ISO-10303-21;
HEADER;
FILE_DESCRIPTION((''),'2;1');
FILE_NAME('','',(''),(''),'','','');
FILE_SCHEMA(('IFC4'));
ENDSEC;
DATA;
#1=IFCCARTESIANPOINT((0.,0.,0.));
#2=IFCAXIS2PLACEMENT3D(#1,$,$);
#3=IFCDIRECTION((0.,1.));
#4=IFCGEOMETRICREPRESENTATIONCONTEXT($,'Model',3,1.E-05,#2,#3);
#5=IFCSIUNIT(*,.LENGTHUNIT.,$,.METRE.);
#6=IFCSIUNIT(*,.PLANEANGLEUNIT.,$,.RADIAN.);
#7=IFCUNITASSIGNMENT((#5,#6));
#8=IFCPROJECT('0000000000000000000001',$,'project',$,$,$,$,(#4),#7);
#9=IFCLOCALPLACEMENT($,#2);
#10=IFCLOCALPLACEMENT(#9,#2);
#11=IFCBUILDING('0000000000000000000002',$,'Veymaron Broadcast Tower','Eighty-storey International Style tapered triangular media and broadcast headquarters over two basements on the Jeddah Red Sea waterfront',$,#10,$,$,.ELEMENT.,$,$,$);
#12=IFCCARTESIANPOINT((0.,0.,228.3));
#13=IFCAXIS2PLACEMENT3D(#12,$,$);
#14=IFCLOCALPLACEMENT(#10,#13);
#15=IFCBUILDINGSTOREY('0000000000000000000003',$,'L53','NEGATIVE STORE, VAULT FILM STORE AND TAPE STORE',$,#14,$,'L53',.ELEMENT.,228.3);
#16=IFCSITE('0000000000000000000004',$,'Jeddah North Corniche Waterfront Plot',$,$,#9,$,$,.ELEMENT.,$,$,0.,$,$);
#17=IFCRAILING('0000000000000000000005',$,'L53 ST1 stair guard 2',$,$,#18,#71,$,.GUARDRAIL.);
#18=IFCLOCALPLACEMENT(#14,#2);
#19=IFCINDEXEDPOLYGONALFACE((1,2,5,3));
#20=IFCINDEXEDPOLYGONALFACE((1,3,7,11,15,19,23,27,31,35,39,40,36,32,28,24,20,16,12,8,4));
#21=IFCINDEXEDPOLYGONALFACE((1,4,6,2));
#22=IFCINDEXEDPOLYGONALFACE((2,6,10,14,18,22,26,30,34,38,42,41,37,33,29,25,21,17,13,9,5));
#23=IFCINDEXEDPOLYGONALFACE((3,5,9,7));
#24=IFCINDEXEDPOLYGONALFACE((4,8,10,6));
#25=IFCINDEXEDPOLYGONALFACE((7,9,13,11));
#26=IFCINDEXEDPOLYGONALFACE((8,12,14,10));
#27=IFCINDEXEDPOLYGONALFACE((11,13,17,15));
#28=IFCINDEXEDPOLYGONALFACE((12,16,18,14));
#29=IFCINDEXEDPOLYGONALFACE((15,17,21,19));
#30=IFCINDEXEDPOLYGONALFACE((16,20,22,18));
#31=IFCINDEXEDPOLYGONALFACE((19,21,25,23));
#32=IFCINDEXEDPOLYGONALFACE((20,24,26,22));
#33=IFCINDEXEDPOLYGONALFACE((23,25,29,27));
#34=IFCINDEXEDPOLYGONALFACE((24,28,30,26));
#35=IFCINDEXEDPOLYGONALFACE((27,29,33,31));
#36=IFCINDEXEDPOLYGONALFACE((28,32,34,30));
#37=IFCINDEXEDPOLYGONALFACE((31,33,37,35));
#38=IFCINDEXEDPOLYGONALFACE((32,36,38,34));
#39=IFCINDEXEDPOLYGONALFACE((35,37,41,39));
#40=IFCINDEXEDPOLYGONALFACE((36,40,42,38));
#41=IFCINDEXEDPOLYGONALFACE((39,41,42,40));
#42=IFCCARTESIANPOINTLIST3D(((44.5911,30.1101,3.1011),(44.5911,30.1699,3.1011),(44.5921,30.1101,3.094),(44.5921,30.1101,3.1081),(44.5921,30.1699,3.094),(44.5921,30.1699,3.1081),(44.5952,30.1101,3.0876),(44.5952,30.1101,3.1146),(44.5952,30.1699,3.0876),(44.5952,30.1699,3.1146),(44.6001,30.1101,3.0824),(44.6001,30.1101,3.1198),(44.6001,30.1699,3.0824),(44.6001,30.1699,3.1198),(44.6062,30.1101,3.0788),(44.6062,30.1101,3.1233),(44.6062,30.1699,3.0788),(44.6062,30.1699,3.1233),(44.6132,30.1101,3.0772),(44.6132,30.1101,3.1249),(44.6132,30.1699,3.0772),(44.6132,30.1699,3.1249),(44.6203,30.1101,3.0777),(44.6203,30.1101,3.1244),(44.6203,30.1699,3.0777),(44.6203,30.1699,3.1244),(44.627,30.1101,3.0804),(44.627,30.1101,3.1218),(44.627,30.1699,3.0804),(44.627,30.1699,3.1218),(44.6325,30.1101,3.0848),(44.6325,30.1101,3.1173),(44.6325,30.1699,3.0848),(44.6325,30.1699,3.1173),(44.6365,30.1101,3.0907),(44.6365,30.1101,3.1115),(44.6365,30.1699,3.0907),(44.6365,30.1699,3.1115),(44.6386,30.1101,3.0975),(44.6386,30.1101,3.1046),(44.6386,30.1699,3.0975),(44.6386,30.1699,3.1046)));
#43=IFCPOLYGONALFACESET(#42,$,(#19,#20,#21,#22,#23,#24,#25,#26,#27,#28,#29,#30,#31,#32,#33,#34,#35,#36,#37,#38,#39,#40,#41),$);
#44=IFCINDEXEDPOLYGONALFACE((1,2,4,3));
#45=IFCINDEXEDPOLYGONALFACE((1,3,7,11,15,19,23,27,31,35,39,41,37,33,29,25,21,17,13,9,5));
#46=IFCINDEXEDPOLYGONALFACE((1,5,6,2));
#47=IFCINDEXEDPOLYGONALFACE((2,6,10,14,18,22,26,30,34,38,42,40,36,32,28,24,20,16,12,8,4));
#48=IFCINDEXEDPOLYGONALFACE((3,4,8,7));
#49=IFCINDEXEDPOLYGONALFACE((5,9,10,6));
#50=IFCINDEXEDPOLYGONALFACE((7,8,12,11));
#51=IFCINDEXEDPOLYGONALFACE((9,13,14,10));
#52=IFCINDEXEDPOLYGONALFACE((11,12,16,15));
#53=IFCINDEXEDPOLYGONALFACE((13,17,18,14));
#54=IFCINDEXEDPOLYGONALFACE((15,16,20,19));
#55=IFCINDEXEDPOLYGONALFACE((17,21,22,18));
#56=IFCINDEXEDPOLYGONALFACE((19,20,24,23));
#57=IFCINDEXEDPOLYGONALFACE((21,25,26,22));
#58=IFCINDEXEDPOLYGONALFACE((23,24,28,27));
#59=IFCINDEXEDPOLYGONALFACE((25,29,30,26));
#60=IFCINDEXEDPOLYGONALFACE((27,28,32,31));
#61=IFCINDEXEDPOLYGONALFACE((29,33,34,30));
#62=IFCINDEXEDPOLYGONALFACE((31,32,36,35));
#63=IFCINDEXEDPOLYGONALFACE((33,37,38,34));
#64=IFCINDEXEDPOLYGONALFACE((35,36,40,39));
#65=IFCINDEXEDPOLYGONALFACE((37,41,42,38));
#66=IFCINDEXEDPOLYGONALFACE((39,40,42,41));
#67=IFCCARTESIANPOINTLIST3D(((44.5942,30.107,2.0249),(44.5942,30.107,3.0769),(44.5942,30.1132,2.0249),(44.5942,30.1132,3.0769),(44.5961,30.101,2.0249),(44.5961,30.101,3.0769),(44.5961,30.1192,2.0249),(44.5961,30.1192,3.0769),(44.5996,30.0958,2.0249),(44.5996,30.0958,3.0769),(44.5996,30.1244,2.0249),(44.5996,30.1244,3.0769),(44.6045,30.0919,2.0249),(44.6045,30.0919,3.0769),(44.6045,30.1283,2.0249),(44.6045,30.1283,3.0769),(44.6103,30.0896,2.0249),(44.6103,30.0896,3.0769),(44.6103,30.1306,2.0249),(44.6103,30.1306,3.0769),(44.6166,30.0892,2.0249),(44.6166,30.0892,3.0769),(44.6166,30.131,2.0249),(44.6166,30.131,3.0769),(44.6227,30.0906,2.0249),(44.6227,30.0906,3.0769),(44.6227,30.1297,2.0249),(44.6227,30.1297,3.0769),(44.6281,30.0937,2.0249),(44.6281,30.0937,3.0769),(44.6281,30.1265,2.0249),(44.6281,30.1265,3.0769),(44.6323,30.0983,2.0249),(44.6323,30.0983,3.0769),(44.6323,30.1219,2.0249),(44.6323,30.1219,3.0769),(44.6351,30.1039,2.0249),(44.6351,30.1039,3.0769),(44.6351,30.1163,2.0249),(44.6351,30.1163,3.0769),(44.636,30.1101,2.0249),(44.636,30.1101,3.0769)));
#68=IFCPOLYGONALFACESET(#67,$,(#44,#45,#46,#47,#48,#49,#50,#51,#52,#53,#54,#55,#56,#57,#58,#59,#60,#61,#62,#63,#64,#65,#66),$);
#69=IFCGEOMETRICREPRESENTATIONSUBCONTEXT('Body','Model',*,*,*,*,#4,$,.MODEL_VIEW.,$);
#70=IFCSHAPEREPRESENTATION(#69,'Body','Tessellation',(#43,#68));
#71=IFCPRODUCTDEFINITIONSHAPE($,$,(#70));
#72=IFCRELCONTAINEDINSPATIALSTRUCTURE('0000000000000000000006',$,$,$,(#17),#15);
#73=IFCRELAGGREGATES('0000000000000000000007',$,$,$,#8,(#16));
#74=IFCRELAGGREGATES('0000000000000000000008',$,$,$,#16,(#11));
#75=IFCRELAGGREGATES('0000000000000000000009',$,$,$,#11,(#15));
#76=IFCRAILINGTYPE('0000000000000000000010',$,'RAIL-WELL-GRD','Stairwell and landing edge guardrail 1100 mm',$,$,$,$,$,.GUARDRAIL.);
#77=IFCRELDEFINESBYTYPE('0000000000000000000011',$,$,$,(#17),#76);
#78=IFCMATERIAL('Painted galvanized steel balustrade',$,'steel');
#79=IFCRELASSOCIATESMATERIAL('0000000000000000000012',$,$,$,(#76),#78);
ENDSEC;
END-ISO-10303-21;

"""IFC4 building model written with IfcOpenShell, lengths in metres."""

from ifc_helpers import new_model, si_unit, direction, frame, origin, origin_2d, place, context, subcontext, project, spatial, circle, extrude, material, type_object, element, save


model = new_model("IFC4")

# Units and contexts
model_context = context("Model", 3, precision=1e-05, world=origin(), true_north=direction((0.0, 1.0)))
body_context = subcontext(model_context, "Body", "Model", "MODEL_VIEW")
ifc_project = project(units=[si_unit("LENGTHUNIT", "METRE"), si_unit("PLANEANGLEUNIT", "RADIAN")], contexts=[model_context])

# Site, building, storey
site_placement = place(None, origin())
site = spatial("IfcSite", under=ifc_project, at=site_placement, Name="Jeddah North Corniche Waterfront Plot", CompositionType="ELEMENT", RefElevation=0.0)
building_placement = place(site_placement, origin())
building = spatial("IfcBuilding", under=site, at=building_placement, Name="Veymaron Broadcast Tower", Description="Eighty-storey International Style tapered triangular media and broadcast headquarters over two basements on the Jeddah Red Sea waterfront", CompositionType="ELEMENT")
storey_placement = place(building_placement, frame((0.0, 0.0, 228.3)))
storey = spatial("IfcBuildingStorey", under=building, at=storey_placement, Name="L53", Description="NEGATIVE STORE, VAULT FILM STORE AND TAPE STORE", LongName="L53", CompositionType="ELEMENT", Elevation=228.3)

# Railing
ifc_material_1 = material(Name="Painted galvanized steel balustrade", Category="steel")
railing_type_1 = type_object("IfcRailingType", Name="RAIL-WELL-GRD", Description="Stairwell and landing edge guardrail 1100 mm", PredefinedType="GUARDRAIL", material=ifc_material_1)
railing_1_placement = place(storey_placement, frame((44.615, 30.1101, 2.0249)))
element("IfcRailing", 1, at=railing_1_placement, inside=storey, type_object=railing_type_1, Name="L53 ST1 stair guard 2", PredefinedType="GUARDRAIL", context=body_context, shape_type="SweptSolid", body=[
    extrude(circle(Radius=0.0239, at=origin_2d()), frame((0.0, 0.0, 1.0762), z_axis=(0.0, 1.0, 0.0), x_axis=(-1.0, 0.0, 0.0)), (0.0, 0.0, 1.0), 0.0598),
    extrude(circle(Radius=0.021, at=origin_2d()), origin(), (0.0, 0.0, 1.0), 1.052),
])

save(model, "model.ifc")
